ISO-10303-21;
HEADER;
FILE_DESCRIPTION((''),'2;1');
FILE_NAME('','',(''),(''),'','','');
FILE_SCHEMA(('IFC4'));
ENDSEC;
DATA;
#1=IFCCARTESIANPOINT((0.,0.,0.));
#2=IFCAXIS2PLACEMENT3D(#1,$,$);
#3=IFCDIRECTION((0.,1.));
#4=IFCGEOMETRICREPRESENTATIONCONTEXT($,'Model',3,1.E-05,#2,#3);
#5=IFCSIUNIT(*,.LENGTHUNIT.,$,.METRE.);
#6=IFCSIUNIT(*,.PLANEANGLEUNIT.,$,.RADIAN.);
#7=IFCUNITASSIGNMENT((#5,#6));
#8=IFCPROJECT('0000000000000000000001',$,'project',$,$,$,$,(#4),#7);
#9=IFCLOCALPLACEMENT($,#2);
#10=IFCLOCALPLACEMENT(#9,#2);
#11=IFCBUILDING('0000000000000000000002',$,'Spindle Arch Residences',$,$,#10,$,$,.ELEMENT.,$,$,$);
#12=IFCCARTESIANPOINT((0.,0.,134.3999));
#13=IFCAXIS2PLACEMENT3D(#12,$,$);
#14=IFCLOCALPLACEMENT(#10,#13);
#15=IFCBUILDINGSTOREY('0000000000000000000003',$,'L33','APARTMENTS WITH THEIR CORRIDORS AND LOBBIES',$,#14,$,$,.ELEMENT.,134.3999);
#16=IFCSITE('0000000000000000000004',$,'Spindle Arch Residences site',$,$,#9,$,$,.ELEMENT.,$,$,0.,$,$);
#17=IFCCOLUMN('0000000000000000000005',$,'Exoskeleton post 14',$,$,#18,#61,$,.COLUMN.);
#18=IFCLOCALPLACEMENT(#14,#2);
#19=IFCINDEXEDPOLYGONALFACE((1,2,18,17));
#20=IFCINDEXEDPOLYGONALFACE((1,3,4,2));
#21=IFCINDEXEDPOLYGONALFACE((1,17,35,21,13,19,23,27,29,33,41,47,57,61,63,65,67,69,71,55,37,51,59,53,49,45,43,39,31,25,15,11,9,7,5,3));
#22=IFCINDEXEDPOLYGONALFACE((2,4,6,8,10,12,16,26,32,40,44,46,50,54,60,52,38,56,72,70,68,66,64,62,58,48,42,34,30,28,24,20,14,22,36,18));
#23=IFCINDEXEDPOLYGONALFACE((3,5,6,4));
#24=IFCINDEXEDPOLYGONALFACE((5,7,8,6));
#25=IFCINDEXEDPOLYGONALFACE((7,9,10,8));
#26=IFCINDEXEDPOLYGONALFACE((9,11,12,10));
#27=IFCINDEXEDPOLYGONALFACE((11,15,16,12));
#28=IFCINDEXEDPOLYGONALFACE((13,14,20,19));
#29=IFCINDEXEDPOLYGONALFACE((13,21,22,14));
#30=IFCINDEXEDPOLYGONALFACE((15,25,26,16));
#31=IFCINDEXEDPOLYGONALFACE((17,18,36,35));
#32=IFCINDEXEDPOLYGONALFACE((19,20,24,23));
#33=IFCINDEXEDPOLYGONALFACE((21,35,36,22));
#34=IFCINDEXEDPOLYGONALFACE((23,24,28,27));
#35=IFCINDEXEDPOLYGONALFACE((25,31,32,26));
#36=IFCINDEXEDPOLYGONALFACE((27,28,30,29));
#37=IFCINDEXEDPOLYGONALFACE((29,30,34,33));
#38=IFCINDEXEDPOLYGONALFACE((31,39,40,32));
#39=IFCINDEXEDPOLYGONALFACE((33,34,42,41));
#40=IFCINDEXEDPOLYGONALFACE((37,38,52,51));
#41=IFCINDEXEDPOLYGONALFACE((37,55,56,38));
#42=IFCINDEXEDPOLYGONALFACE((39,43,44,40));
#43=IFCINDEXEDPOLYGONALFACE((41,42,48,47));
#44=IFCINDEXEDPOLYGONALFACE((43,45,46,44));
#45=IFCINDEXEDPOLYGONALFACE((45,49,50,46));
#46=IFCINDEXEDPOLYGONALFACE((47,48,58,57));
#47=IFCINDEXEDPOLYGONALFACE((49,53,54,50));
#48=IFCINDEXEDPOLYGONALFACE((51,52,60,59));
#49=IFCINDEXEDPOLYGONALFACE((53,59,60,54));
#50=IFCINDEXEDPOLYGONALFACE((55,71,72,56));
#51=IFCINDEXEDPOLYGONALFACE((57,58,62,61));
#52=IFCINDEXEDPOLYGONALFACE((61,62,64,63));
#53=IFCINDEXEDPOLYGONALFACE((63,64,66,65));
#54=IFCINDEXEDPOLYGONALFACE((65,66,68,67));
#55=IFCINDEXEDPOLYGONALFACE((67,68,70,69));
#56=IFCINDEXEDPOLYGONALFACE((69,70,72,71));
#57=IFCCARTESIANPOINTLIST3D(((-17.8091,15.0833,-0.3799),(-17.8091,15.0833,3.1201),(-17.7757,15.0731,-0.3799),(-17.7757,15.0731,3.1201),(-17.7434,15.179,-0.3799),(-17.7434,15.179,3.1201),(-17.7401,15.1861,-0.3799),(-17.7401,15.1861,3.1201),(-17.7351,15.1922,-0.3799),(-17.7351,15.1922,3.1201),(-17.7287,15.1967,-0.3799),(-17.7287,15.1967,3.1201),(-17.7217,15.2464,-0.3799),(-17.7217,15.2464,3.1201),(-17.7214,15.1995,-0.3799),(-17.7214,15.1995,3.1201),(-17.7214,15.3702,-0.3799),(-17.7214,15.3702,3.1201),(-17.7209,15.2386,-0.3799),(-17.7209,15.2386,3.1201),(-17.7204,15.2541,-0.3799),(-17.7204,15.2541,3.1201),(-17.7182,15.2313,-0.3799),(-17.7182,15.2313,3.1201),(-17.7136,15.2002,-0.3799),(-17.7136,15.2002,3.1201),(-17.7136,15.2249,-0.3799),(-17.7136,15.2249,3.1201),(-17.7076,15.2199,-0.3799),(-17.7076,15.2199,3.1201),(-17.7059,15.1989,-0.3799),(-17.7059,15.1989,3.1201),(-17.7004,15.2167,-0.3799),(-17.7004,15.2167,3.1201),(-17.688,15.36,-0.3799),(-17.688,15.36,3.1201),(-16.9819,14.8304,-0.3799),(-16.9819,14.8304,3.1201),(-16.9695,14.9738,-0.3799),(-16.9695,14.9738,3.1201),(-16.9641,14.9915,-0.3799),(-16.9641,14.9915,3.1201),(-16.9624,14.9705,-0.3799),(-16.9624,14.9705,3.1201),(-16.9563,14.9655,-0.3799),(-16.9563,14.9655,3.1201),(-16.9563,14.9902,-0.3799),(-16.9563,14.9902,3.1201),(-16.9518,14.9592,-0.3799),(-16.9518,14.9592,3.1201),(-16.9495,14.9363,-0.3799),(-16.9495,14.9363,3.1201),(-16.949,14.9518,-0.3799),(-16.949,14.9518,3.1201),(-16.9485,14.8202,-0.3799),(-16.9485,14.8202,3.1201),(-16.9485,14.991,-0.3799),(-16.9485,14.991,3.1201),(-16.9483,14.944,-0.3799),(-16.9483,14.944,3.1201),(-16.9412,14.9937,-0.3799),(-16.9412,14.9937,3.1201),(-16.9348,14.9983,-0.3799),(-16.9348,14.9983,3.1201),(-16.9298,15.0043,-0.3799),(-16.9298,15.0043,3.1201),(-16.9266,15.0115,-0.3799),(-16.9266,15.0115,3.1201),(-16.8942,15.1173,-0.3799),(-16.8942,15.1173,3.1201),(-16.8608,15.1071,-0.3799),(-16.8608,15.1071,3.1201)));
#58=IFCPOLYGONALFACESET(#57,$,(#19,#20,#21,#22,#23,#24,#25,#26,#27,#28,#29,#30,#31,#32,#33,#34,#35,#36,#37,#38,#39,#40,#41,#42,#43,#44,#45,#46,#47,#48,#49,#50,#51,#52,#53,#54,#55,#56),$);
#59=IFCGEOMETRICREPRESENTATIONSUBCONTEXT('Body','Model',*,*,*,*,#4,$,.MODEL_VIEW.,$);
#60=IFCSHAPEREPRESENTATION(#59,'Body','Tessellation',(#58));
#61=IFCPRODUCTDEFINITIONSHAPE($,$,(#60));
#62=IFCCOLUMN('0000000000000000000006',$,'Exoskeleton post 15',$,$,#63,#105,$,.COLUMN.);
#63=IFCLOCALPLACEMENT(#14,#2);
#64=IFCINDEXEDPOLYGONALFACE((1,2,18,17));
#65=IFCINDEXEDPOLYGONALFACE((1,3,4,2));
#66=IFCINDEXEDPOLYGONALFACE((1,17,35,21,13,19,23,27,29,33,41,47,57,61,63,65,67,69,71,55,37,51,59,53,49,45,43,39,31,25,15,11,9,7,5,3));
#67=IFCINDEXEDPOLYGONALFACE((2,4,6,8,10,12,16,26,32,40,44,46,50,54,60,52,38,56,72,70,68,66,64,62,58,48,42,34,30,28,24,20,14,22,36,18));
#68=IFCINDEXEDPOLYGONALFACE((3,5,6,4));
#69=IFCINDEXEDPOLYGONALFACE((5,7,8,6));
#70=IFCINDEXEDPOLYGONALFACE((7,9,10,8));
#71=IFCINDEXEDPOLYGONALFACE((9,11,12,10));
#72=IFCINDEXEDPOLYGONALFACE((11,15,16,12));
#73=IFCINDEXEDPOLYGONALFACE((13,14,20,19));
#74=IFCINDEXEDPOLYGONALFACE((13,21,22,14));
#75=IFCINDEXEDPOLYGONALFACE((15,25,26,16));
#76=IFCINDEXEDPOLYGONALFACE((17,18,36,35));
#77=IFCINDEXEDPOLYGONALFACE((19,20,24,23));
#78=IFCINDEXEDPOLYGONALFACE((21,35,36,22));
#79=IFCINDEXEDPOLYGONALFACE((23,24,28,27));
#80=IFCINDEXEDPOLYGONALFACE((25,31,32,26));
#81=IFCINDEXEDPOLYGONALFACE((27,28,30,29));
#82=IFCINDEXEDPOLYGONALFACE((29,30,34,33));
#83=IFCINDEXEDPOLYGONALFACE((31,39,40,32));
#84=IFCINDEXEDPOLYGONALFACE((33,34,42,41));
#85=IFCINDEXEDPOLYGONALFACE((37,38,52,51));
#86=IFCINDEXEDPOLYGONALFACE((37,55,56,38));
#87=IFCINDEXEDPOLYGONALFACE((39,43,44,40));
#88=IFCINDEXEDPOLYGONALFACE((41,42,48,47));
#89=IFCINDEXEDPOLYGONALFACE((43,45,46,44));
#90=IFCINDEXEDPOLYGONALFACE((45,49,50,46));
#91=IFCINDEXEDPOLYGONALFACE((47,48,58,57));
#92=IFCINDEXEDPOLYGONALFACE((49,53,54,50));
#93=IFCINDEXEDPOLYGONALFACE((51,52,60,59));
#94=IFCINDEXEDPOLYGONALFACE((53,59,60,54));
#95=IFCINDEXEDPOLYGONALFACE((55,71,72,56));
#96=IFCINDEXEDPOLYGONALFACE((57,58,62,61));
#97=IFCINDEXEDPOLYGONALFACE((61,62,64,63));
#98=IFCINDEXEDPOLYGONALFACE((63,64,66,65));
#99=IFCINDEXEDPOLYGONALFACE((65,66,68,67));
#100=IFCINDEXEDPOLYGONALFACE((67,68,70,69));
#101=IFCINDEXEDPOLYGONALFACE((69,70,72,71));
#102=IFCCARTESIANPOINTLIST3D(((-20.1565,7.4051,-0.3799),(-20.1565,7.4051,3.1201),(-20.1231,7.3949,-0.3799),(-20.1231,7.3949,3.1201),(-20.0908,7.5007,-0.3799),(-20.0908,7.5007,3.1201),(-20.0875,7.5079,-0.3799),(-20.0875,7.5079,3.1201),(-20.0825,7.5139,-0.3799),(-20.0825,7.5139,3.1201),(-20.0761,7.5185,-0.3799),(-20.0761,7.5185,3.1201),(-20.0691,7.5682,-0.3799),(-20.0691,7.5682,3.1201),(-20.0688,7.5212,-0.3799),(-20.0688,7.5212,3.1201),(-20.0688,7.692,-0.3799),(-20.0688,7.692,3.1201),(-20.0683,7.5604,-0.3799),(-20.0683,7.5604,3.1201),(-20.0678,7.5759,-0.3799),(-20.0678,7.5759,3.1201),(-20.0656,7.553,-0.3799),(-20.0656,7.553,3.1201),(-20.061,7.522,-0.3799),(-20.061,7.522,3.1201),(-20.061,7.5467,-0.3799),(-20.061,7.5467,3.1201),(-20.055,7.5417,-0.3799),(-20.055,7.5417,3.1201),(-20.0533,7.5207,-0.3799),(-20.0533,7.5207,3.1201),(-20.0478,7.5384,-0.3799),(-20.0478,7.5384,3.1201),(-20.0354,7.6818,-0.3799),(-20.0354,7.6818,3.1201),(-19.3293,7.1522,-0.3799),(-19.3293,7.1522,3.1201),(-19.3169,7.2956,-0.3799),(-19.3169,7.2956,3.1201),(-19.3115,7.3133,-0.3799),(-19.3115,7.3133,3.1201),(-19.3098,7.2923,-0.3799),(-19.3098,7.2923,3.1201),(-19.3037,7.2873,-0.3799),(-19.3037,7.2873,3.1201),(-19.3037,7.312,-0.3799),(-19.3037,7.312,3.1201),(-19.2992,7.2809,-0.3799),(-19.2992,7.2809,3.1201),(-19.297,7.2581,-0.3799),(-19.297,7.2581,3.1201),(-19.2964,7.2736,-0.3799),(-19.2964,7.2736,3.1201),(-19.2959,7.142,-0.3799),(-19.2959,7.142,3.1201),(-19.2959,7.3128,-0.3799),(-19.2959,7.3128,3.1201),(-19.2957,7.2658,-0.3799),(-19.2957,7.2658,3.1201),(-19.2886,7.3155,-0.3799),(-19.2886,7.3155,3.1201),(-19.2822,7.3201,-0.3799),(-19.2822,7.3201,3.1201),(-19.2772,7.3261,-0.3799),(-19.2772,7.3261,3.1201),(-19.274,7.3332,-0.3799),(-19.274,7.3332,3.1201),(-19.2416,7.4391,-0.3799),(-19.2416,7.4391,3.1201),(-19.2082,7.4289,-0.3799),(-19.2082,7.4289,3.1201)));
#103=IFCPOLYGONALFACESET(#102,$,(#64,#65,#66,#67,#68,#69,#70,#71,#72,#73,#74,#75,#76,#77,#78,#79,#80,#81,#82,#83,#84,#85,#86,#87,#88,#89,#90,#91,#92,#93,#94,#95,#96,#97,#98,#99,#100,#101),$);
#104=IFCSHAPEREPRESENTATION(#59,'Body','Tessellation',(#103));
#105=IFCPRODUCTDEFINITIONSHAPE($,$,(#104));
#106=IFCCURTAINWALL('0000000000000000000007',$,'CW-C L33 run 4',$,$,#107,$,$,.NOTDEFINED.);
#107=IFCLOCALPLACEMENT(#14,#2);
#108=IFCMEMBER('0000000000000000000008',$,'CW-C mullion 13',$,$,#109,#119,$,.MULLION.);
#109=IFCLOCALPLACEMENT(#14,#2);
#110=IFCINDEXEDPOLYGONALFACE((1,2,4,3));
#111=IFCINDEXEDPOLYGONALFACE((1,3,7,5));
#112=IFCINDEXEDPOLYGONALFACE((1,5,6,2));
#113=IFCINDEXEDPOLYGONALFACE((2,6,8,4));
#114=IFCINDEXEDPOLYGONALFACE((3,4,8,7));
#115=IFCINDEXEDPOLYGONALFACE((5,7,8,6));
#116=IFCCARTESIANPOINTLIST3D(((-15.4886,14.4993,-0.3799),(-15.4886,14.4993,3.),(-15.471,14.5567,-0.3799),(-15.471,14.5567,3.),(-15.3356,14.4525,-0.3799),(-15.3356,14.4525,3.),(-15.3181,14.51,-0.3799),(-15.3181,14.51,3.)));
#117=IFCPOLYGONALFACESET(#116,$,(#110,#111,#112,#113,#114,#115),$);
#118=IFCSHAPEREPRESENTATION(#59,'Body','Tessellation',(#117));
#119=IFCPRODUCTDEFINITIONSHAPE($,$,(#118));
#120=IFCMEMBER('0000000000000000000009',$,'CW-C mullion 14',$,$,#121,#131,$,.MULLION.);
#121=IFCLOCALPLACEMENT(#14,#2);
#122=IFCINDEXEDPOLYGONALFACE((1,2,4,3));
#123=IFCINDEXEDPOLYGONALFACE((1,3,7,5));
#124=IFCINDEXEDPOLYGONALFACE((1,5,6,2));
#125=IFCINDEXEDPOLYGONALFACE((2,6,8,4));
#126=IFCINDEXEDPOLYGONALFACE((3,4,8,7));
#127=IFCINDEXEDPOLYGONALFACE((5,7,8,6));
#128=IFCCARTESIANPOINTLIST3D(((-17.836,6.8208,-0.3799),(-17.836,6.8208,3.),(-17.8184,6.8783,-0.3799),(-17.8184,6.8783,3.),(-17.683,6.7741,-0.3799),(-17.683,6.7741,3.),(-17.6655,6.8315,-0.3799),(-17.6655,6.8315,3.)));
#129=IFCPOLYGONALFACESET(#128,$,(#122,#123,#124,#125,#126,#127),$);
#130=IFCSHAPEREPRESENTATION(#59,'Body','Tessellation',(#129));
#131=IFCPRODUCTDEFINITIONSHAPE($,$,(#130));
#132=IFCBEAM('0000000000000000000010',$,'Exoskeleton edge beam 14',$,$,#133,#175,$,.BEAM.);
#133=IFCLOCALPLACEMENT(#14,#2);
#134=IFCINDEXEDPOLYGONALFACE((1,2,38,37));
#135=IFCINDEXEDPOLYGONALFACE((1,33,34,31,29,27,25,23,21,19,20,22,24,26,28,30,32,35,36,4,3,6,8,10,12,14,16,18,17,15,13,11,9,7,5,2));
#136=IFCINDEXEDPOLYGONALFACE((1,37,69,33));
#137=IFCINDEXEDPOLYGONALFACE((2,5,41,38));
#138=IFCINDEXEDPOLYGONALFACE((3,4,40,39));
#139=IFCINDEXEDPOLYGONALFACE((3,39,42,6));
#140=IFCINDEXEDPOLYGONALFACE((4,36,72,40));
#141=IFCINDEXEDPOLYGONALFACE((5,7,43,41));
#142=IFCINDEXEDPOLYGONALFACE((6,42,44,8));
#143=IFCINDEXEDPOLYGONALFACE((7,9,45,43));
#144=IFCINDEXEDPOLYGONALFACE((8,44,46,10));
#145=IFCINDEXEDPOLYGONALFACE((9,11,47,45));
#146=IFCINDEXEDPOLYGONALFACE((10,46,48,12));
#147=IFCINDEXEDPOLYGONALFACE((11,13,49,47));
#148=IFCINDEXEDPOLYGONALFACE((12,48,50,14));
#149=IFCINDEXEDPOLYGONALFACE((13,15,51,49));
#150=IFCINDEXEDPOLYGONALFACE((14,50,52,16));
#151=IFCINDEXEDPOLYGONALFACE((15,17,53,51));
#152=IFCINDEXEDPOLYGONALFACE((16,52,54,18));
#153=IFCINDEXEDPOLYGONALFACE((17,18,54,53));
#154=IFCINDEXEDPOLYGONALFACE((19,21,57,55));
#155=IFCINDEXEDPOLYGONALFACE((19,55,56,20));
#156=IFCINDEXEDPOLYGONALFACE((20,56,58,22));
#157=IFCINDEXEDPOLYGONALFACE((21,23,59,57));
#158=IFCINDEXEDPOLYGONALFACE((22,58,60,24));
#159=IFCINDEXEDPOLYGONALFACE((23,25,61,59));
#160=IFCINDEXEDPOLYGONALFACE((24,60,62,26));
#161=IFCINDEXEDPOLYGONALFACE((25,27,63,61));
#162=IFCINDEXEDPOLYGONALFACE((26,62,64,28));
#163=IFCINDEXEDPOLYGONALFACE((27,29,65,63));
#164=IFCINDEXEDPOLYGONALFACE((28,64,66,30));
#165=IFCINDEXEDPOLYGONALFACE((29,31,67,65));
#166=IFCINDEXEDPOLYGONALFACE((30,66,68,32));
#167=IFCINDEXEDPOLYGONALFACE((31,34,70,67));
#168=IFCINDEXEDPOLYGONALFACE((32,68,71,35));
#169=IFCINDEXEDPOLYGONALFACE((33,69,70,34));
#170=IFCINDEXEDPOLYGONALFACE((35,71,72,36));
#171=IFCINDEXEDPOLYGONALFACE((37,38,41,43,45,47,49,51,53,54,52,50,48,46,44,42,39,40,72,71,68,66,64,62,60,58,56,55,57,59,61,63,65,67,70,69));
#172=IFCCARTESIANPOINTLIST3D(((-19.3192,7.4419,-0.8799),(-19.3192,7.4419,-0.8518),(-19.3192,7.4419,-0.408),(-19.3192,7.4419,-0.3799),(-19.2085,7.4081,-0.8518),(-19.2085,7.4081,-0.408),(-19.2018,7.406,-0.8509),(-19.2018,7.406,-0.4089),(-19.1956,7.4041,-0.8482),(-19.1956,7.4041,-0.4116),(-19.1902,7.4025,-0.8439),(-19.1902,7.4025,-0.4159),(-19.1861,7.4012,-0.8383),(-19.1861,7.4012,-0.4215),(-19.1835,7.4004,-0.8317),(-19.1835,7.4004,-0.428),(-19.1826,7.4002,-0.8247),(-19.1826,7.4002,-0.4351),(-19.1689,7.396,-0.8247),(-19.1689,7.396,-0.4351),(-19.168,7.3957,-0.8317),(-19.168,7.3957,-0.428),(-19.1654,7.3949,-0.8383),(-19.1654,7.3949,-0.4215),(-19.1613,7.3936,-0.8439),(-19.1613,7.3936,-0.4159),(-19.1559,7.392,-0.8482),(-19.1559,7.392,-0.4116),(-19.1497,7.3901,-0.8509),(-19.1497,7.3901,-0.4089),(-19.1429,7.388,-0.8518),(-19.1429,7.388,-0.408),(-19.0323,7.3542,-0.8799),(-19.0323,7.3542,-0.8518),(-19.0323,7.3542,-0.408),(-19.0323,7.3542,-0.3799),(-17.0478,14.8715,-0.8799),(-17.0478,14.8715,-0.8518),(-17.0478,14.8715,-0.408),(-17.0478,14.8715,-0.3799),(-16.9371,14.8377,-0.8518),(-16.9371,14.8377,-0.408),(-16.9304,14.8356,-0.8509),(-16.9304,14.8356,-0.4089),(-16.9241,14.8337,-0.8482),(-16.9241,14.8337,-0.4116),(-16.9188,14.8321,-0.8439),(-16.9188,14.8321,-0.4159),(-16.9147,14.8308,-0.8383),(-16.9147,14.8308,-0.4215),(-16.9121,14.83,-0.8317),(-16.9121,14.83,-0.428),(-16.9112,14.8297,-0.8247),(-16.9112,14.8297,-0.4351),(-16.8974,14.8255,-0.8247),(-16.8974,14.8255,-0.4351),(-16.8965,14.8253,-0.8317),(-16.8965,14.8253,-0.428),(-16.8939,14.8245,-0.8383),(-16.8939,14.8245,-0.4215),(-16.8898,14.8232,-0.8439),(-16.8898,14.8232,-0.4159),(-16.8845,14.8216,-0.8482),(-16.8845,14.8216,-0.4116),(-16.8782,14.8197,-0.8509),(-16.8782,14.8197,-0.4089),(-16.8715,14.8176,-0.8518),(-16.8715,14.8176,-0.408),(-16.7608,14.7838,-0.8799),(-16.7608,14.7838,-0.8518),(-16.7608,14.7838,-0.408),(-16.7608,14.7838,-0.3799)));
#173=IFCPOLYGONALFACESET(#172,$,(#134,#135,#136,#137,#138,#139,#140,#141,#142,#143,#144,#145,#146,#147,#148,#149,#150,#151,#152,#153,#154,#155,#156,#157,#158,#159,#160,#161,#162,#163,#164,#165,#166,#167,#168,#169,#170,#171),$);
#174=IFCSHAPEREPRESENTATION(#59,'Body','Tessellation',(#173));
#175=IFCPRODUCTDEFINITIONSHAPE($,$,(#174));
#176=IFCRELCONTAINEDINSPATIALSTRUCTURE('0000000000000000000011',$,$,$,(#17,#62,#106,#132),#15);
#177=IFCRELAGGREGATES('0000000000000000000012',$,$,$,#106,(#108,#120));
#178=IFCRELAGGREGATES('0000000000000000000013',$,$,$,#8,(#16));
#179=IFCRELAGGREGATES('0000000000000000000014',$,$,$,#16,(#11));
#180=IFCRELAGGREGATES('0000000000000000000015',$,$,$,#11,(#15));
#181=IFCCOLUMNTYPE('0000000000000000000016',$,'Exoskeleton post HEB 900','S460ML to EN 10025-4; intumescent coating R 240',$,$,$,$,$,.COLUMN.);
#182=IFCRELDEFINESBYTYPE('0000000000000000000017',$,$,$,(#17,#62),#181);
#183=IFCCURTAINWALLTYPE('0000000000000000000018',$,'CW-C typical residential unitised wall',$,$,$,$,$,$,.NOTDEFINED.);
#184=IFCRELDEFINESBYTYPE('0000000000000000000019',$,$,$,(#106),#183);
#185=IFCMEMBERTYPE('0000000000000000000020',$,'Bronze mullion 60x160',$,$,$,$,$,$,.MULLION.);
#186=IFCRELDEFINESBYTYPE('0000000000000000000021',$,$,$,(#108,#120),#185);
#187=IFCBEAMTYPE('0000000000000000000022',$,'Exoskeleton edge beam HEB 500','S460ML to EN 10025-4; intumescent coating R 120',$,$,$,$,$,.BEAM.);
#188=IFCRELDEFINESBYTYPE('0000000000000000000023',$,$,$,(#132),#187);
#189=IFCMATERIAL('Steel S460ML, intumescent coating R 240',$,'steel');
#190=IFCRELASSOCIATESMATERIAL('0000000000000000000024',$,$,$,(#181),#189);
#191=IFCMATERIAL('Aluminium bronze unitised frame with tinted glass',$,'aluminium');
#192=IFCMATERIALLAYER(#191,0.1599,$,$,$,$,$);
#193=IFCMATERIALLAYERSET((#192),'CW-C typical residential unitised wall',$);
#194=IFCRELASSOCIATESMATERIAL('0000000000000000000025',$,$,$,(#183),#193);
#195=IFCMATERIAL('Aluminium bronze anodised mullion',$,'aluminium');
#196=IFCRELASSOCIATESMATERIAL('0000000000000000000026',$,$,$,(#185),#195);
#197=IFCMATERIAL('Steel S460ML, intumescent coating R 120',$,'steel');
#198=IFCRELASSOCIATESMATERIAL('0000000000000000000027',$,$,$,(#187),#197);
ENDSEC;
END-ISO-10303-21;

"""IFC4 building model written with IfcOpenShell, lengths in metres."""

from ifc_helpers import new_model, si_unit, direction, frame, origin, origin_2d, place, context, subcontext, project, spatial, rectangle, i_section, extrude, material, layer, layer_set, material_profile, profile_set, type_object, element, aggregate, save


model = new_model("IFC4")

# Units and contexts
model_context = context("Model", 3, precision=1e-05, world=origin(), true_north=direction((0.0, 1.0)))
body_context = subcontext(model_context, "Body", "Model", "MODEL_VIEW")
ifc_project = project(units=[si_unit("LENGTHUNIT", "METRE"), si_unit("PLANEANGLEUNIT", "RADIAN")], contexts=[model_context])

# Site, building, storey
site_placement = place(None, origin())
site = spatial("IfcSite", under=ifc_project, at=site_placement, Name="Spindle Arch Residences site", CompositionType="ELEMENT", RefElevation=0.0)
building_placement = place(site_placement, origin())
building = spatial("IfcBuilding", under=site, at=building_placement, Name="Spindle Arch Residences", CompositionType="ELEMENT")
storey_placement = place(building_placement, frame((0.0, 0.0, 134.3999)))
storey = spatial("IfcBuildingStorey", under=building, at=storey_placement, Name="L33", Description="APARTMENTS WITH THEIR CORRIDORS AND LOBBIES", CompositionType="ELEMENT", Elevation=134.3999)

# Columns
ifc_material_1 = material(Name="Steel S460ML, intumescent coating R 240", Category="steel")
ifc_material_profile_1 = material_profile(ifc_material_1, i_section(OverallWidth=0.3, OverallDepth=0.8999, WebThickness=0.0186, FlangeThickness=0.0349, FilletRadius=0.03, at=origin_2d()), Name="HEB 900")
ifc_profile_set_1 = profile_set([ifc_material_profile_1], Name="Steel S460ML, intumescent coating R 240")
column_type = type_object("IfcColumnType", Name="Exoskeleton post HEB 900", Description="S460ML to EN 10025-4; intumescent coating R 240", PredefinedType="COLUMN", material=ifc_profile_set_1)
for number, where, z_axis, x_axis, name in (
    (1, (-17.335, 15.0952, -0.3799), (0.0, 0.0, 1.0), (0.292372, 0.956305, 0.0), "Exoskeleton post 14"),
    (2, (-19.6824, 7.417, -0.3799), (0.0, 0.0, 1.0), (0.292372, 0.956305, 0.0), "Exoskeleton post 15"),
):
    element("IfcColumn", number, at=place(storey_placement, frame(where, z_axis=z_axis, x_axis=x_axis)), inside=storey, type_object=column_type, Name=name, PredefinedType="COLUMN", context=body_context, shape_type="SweptSolid", body=[
        extrude(i_section(OverallWidth=0.3, OverallDepth=0.8999, WebThickness=0.0186, FlangeThickness=0.0349, FilletRadius=0.03, at=origin_2d()), origin(), (0.0, 0.0, 1.0), 3.5),
    ])

# Curtain wall, members
ifc_material_2 = material(Name="Aluminium bronze unitised frame with tinted glass", Category="aluminium")
ifc_layer_1 = layer(ifc_material_2, 0.1599)
ifc_layer_set_1 = layer_set([ifc_layer_1], Name="CW-C typical residential unitised wall")
curtain_wall_type = type_object("IfcCurtainWallType", Name="CW-C typical residential unitised wall", PredefinedType="NOTDEFINED", material=ifc_layer_set_1)
curtain_wall_placement = place(storey_placement, origin())
curtain_wall = element("IfcCurtainWall", 3, at=curtain_wall_placement, inside=storey, type_object=curtain_wall_type, Name="CW-C L33 run 4", PredefinedType="NOTDEFINED")
ifc_material_3 = material(Name="Aluminium bronze anodised mullion", Category="aluminium")
ifc_material_profile_2 = material_profile(ifc_material_3, rectangle(XDim=0.1599, YDim=0.0601, at=origin_2d()), Name="MU 60x160")
ifc_profile_set_2 = profile_set([ifc_material_profile_2], Name="Aluminium bronze anodised mullion")
member_type = type_object("IfcMemberType", Name="Bronze mullion 60x160", PredefinedType="MULLION", material=ifc_profile_set_2)
member_1_placement = place(storey_placement, frame((-15.4033, 14.5046, -0.3799), z_axis=(0.0, 0.0, 1.0), x_axis=(0.956305, -0.292372, 0.0)))
member_1 = element("IfcMember", 4, at=member_1_placement, type_object=member_type, Name="CW-C mullion 13", PredefinedType="MULLION", context=body_context, shape_type="SweptSolid", body=[
    extrude(rectangle(XDim=0.1599, YDim=0.0601, at=origin_2d()), origin(), (0.0, 0.0, 1.0), 3.3799),
])
member_2_placement = place(storey_placement, frame((-17.7507, 6.8262, -0.3799), z_axis=(0.0, 0.0, 1.0), x_axis=(0.956305, -0.292372, 0.0)))
member_2 = element("IfcMember", 5, at=member_2_placement, type_object=member_type, Name="CW-C mullion 14", PredefinedType="MULLION", context=body_context, shape_type="SweptSolid", body=[
    extrude(rectangle(XDim=0.1599, YDim=0.0601, at=origin_2d()), origin(), (0.0, 0.0, 1.0), 3.3799),
])

# Beam
ifc_material_4 = material(Name="Steel S460ML, intumescent coating R 120", Category="steel")
ifc_material_profile_3 = material_profile(ifc_material_4, i_section(OverallWidth=0.3, OverallDepth=0.5, WebThickness=0.0144, FlangeThickness=0.0281, FilletRadius=0.0271, at=origin_2d()), Name="HEB 500")
ifc_profile_set_3 = profile_set([ifc_material_profile_3], Name="Steel S460ML, intumescent coating R 120")
beam_type_1 = type_object("IfcBeamType", Name="Exoskeleton edge beam HEB 500", Description="S460ML to EN 10025-4; intumescent coating R 120", PredefinedType="BEAM", material=ifc_profile_set_3)
beam_1_placement = place(storey_placement, frame((-16.9043, 14.8276, -0.6299), z_axis=(-0.292372, -0.956305, 0.0), x_axis=(0.956305, -0.292372, 0.0)))
element("IfcBeam", 6, at=beam_1_placement, inside=storey, type_object=beam_type_1, Name="Exoskeleton edge beam 14", PredefinedType="BEAM", context=body_context, shape_type="SweptSolid", body=[
    extrude(i_section(OverallWidth=0.3, OverallDepth=0.5, WebThickness=0.0144, FlangeThickness=0.0281, FilletRadius=0.0271, at=origin_2d()), origin(), (0.0, 0.0, 1.0), 7.769),
])

aggregate(curtain_wall, [member_1, member_2])

save(model, "model.ifc")
